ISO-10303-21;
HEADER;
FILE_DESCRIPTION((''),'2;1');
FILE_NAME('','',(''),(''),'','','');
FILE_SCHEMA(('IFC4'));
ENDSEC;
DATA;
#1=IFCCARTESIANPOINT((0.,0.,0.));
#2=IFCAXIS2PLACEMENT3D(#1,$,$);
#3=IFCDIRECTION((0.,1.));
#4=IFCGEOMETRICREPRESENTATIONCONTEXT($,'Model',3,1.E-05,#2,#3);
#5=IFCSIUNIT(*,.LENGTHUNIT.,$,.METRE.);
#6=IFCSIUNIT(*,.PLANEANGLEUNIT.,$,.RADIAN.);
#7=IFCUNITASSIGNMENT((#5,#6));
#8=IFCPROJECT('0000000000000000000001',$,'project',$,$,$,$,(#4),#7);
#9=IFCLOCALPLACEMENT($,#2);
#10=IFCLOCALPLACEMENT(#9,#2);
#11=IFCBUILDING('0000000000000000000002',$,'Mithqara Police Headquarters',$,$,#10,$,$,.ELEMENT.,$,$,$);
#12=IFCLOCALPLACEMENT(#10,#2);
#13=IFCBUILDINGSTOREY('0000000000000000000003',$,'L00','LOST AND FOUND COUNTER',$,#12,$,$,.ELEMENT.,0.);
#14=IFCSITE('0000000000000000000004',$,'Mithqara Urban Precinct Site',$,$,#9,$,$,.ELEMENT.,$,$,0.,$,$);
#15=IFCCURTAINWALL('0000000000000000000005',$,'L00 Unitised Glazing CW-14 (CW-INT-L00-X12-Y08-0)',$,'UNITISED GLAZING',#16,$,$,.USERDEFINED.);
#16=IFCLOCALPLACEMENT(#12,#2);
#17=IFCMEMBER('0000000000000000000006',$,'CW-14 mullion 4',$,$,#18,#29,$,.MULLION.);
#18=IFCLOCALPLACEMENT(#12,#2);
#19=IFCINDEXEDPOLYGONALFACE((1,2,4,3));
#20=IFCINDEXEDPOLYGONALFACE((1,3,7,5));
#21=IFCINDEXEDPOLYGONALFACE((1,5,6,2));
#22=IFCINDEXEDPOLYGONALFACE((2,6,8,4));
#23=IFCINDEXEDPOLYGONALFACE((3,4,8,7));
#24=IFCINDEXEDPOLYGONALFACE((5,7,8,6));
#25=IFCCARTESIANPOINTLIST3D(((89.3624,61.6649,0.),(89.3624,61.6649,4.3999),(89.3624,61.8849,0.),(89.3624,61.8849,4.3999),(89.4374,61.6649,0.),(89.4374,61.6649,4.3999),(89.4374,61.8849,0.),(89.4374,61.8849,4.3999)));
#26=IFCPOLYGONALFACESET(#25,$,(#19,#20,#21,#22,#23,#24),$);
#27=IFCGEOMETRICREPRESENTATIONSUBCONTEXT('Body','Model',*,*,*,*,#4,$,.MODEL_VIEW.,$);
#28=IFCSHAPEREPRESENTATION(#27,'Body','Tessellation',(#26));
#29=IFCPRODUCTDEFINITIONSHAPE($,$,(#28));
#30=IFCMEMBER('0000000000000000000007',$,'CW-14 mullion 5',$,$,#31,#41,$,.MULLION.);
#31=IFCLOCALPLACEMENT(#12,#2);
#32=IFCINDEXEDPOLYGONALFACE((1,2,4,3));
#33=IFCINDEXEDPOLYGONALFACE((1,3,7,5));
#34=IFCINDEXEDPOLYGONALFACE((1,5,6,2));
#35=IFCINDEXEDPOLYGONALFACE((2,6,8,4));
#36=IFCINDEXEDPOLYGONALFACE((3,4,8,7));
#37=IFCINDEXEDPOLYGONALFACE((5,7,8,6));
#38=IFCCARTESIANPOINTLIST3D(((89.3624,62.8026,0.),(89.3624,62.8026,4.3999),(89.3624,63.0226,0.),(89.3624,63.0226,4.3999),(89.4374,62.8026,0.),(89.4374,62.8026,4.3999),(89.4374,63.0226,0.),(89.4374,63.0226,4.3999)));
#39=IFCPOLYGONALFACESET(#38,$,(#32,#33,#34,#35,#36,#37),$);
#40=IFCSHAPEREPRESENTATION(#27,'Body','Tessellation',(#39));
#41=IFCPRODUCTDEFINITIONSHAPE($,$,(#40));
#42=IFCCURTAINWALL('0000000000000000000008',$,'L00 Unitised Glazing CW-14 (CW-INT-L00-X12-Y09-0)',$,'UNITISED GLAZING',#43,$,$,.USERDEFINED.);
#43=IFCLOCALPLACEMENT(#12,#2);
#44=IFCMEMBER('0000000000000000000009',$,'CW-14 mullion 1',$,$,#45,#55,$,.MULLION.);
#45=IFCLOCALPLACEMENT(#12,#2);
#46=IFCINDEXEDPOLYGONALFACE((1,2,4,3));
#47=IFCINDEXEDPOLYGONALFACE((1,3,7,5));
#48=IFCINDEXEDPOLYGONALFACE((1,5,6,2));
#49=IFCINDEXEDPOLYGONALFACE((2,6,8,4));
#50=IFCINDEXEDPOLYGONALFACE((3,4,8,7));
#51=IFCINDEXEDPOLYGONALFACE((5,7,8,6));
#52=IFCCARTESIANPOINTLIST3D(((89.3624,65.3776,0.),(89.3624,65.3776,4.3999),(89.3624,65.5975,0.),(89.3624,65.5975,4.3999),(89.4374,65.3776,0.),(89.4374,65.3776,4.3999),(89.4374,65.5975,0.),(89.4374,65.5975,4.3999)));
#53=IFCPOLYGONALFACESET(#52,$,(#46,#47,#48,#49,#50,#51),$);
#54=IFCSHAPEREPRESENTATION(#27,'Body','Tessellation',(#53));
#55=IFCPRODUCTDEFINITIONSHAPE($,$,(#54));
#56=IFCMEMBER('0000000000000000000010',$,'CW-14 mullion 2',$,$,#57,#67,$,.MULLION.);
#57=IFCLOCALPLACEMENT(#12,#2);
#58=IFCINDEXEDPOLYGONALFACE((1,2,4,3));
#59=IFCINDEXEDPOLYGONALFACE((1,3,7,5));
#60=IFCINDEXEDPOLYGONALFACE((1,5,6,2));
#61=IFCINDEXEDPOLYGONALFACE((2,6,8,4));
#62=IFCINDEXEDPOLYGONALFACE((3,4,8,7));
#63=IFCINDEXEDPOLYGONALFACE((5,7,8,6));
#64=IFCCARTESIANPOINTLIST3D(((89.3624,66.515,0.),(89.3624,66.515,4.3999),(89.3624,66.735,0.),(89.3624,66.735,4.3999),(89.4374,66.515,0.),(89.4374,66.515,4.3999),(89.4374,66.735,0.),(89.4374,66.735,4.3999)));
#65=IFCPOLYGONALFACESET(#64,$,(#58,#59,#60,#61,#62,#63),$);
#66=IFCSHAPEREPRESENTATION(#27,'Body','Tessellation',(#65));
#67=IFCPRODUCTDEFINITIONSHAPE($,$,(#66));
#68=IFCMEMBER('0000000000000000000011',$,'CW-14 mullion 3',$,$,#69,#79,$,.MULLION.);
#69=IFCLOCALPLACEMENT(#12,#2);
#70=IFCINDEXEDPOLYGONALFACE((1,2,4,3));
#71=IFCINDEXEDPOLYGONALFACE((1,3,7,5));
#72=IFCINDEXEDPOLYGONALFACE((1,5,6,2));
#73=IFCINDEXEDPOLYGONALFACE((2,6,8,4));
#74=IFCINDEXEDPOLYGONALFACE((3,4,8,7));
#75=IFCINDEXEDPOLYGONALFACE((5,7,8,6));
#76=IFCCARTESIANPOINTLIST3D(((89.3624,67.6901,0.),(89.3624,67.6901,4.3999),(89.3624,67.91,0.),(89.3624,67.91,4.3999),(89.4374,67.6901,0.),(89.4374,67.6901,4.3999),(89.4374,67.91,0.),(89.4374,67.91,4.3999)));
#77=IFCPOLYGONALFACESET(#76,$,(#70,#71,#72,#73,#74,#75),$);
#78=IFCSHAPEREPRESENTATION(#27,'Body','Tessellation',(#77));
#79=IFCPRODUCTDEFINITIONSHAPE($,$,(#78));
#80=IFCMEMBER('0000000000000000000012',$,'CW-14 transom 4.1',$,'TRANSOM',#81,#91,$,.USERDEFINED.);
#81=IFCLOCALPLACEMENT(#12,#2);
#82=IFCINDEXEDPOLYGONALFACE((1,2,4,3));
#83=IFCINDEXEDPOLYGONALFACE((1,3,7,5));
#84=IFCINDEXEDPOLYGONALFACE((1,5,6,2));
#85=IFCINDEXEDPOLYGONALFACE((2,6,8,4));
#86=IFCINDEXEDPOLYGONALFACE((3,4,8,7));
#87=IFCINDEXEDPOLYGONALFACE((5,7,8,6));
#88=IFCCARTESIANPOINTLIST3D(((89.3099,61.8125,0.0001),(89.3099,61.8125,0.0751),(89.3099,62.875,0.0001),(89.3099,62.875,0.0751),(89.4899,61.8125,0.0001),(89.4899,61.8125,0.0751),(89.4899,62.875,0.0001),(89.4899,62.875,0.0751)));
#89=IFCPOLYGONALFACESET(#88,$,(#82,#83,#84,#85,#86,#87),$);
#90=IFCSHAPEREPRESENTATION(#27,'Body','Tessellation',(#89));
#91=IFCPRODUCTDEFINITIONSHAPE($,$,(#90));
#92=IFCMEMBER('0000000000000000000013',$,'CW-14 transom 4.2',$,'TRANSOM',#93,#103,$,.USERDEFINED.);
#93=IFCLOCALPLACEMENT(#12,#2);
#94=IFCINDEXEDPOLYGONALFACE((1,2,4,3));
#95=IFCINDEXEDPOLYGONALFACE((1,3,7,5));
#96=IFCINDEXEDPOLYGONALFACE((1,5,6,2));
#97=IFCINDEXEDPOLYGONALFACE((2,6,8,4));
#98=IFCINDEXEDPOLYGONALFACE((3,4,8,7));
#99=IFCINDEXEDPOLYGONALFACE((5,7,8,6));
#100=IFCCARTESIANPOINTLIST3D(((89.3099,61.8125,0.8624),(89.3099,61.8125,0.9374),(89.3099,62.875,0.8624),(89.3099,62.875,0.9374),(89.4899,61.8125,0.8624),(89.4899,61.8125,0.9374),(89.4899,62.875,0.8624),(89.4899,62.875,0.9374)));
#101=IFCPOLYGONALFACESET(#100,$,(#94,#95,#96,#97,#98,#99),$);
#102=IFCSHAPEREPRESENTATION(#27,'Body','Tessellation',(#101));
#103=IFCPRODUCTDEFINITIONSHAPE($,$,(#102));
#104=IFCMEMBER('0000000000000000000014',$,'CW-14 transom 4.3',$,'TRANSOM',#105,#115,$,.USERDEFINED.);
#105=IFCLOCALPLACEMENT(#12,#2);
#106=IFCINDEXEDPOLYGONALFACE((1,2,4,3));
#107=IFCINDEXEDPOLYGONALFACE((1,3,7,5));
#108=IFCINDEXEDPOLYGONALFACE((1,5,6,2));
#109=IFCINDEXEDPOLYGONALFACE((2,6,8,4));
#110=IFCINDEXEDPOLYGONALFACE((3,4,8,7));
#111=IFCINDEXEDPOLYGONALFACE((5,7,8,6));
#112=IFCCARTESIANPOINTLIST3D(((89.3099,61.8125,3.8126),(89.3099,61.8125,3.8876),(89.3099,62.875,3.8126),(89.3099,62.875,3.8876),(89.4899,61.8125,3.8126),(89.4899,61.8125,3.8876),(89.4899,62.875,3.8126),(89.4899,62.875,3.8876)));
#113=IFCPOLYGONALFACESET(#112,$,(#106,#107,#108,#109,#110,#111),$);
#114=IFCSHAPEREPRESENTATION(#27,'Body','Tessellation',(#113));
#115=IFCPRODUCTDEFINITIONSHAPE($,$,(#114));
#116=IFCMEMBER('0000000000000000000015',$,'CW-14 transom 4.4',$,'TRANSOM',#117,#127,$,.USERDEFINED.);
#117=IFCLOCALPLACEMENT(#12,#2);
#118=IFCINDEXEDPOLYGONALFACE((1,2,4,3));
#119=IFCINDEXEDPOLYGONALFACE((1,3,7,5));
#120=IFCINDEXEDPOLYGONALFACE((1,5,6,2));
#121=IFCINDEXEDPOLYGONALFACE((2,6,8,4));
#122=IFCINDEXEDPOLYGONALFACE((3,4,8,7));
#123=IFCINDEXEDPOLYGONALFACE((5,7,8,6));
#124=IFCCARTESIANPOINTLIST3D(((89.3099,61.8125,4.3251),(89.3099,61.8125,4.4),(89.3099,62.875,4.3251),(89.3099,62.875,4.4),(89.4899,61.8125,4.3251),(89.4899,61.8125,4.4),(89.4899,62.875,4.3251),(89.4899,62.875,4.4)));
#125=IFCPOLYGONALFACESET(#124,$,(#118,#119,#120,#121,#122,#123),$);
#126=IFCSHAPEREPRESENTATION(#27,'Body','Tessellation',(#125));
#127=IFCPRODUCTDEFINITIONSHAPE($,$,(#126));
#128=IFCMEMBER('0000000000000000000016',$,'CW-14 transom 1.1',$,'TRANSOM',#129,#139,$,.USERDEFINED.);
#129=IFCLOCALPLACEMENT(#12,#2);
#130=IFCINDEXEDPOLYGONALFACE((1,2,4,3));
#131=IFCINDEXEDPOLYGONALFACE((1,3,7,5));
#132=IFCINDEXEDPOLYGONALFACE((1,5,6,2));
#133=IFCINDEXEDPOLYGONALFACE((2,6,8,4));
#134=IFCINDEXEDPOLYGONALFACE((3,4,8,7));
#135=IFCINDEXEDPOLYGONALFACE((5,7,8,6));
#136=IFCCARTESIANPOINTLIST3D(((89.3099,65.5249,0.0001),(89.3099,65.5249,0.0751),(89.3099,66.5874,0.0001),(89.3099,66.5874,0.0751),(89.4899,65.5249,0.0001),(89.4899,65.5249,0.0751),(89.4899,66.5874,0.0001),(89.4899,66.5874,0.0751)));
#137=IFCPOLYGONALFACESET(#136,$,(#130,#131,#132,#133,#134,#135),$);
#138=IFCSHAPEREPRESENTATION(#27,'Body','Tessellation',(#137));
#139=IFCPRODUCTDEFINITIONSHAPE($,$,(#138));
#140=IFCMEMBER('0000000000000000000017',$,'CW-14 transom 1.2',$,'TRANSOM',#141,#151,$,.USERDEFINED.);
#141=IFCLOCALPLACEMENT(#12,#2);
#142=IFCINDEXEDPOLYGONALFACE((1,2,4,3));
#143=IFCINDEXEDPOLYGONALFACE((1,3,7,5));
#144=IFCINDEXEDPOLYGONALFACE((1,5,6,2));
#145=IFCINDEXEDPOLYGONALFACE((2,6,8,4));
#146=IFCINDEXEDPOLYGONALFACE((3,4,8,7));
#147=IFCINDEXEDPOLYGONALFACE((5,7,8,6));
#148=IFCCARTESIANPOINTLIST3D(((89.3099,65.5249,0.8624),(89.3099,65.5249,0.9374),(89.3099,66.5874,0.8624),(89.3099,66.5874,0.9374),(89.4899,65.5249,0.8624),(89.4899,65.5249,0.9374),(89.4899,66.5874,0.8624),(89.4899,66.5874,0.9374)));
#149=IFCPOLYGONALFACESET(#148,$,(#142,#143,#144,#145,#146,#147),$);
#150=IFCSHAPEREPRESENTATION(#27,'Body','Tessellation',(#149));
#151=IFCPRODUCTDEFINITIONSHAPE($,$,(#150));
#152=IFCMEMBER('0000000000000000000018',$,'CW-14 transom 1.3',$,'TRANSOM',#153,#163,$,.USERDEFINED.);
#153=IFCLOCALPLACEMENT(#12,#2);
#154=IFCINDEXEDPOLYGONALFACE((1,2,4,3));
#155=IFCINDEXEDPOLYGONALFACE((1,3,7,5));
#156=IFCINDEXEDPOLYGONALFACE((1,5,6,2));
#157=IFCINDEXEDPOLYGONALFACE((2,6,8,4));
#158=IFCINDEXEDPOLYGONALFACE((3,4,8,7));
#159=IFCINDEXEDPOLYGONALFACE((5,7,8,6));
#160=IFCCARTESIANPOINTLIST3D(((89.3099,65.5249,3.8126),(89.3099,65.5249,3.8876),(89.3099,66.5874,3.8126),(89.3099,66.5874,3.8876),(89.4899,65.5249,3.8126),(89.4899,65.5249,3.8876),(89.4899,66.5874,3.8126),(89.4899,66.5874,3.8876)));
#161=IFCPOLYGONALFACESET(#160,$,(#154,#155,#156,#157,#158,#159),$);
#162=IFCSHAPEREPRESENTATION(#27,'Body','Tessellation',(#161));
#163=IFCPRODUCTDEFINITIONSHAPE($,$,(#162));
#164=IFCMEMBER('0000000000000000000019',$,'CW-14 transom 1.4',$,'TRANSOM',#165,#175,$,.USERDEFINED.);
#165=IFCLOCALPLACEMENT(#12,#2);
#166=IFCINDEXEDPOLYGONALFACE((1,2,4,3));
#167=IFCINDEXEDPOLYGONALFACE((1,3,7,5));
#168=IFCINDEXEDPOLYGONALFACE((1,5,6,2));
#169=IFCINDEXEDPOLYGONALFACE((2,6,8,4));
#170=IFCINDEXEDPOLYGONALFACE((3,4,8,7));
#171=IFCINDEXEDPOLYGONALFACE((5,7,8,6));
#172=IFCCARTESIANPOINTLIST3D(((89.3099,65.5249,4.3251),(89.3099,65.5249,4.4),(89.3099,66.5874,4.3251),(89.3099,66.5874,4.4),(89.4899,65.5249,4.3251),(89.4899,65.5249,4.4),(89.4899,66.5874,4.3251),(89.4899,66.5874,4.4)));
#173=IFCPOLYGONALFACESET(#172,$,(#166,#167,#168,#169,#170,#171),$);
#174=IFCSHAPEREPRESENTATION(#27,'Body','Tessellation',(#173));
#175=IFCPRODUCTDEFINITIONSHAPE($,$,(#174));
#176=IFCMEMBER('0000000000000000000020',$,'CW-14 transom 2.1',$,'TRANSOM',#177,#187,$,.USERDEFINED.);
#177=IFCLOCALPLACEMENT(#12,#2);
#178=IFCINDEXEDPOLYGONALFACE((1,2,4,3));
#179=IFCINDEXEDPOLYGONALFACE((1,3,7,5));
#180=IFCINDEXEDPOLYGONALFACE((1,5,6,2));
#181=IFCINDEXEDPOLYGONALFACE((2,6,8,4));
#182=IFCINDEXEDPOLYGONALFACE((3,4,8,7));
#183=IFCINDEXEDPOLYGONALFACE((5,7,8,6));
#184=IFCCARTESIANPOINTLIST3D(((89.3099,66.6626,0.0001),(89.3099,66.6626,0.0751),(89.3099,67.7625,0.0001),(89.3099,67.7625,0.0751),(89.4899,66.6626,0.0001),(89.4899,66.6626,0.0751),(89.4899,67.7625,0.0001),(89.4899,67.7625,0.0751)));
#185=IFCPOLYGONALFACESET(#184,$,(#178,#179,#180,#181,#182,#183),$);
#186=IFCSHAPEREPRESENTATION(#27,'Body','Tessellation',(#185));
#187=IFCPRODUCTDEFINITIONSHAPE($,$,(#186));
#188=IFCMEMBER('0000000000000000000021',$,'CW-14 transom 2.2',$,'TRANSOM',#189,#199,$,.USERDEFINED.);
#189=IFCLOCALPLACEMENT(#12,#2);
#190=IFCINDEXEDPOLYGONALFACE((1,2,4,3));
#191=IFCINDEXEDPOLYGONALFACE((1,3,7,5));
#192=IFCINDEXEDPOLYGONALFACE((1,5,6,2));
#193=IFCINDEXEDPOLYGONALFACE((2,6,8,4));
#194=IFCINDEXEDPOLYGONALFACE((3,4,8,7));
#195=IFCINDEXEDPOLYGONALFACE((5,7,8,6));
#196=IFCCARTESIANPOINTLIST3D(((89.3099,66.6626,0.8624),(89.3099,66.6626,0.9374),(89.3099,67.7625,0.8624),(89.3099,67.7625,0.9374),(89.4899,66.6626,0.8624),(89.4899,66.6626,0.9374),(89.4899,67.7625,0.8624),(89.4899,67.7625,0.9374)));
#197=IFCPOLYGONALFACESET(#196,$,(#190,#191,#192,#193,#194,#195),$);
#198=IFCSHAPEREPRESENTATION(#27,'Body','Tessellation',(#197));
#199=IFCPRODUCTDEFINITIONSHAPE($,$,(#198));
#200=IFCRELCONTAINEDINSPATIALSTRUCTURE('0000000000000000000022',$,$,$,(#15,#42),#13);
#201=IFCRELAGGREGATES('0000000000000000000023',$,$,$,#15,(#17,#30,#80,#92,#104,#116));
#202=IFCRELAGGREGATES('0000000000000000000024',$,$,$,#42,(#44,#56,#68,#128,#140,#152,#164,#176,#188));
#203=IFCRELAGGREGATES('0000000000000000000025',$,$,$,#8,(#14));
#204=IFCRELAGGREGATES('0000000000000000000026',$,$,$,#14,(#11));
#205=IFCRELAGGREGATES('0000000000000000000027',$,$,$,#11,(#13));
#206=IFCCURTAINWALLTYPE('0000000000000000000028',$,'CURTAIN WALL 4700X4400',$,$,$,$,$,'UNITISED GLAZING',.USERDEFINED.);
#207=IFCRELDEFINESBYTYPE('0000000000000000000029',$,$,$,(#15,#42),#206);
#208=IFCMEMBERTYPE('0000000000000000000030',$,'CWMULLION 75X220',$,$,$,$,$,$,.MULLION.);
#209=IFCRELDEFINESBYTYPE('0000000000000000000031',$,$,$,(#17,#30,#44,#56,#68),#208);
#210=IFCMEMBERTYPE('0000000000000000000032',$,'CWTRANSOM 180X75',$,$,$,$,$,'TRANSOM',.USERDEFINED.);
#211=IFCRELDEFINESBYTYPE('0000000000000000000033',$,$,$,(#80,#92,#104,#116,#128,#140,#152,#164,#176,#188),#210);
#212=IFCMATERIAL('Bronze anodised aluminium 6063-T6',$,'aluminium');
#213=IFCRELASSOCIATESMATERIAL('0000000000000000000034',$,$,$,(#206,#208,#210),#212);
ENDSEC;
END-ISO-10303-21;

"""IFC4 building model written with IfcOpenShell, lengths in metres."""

from ifc_helpers import new_model, si_unit, direction, frame, origin, origin_2d, place, context, subcontext, project, spatial, rectangle, extrude, material, material_profile, profile_set, type_object, element, aggregate, save


model = new_model("IFC4")

# Units and contexts
model_context = context("Model", 3, precision=1e-05, world=origin(), true_north=direction((0.0, 1.0)))
body_context = subcontext(model_context, "Body", "Model", "MODEL_VIEW")
ifc_project = project(units=[si_unit("LENGTHUNIT", "METRE"), si_unit("PLANEANGLEUNIT", "RADIAN")], contexts=[model_context])

# Site, building, storey
site_placement = place(None, origin())
site = spatial("IfcSite", under=ifc_project, at=site_placement, Name="Mithqara Urban Precinct Site", CompositionType="ELEMENT", RefElevation=0.0)
building_placement = place(site_placement, origin())
building = spatial("IfcBuilding", under=site, at=building_placement, Name="Mithqara Police Headquarters", CompositionType="ELEMENT")
storey_placement = place(building_placement, origin())
storey = spatial("IfcBuildingStorey", under=building, at=storey_placement, Name="L00", Description="LOST AND FOUND COUNTER", CompositionType="ELEMENT", Elevation=0.0)

# Curtain walls, members
ifc_material_1 = material(Name="Bronze anodised aluminium 6063-T6", Category="aluminium")
curtain_wall_type = type_object("IfcCurtainWallType", Name="CURTAIN WALL 4700X4400", ElementType="UNITISED GLAZING", PredefinedType="USERDEFINED", material=ifc_material_1)
curtain_wall_1_placement = place(storey_placement, origin())
curtain_wall_1 = element("IfcCurtainWall", 1, at=curtain_wall_1_placement, inside=storey, type_object=curtain_wall_type, Name="L00 Unitised Glazing CW-14 (CW-INT-L00-X12-Y08-0)", ObjectType="UNITISED GLAZING", PredefinedType="USERDEFINED")
ifc_material_profile_1 = material_profile(ifc_material_1, rectangle(XDim=0.075, YDim=0.22, at=origin_2d()), Name="CWM 75x220")
ifc_profile_set_1 = profile_set([ifc_material_profile_1], Name="Bronze anodised aluminium 6063-T6")
member_type_1 = type_object("IfcMemberType", Name="CWMULLION 75X220", PredefinedType="MULLION", material=ifc_profile_set_1)
member_1_placement = place(storey_placement, frame((89.3999, 61.7749, 0.0), z_axis=(0.0, 0.0, 1.0), x_axis=(-1.0, 0.0, 0.0)))
member_1 = element("IfcMember", 2, at=member_1_placement, type_object=member_type_1, Name="CW-14 mullion 4", PredefinedType="MULLION", context=body_context, shape_type="SweptSolid", body=[
    extrude(rectangle(XDim=0.075, YDim=0.22, at=origin_2d()), origin(), (0.0, 0.0, 1.0), 4.3999),
])
member_2_placement = place(storey_placement, frame((89.3999, 62.9126, 0.0), z_axis=(0.0, 0.0, 1.0), x_axis=(-1.0, 0.0, 0.0)))
member_2 = element("IfcMember", 3, at=member_2_placement, type_object=member_type_1, Name="CW-14 mullion 5", PredefinedType="MULLION", context=body_context, shape_type="SweptSolid", body=[
    extrude(rectangle(XDim=0.075, YDim=0.22, at=origin_2d()), origin(), (0.0, 0.0, 1.0), 4.3999),
])
curtain_wall_2_placement = place(storey_placement, origin())
curtain_wall_2 = element("IfcCurtainWall", 4, at=curtain_wall_2_placement, inside=storey, type_object=curtain_wall_type, Name="L00 Unitised Glazing CW-14 (CW-INT-L00-X12-Y09-0)", ObjectType="UNITISED GLAZING", PredefinedType="USERDEFINED")
member_3_placement = place(storey_placement, frame((89.3999, 65.4875, 0.0), z_axis=(0.0, 0.0, 1.0), x_axis=(-1.0, 0.0, 0.0)))
member_3 = element("IfcMember", 5, at=member_3_placement, type_object=member_type_1, Name="CW-14 mullion 1", PredefinedType="MULLION", context=body_context, shape_type="SweptSolid", body=[
    extrude(rectangle(XDim=0.075, YDim=0.22, at=origin_2d()), origin(), (0.0, 0.0, 1.0), 4.3999),
])
member_4_placement = place(storey_placement, frame((89.3999, 66.625, 0.0), z_axis=(0.0, 0.0, 1.0), x_axis=(-1.0, 0.0, 0.0)))
member_4 = element("IfcMember", 6, at=member_4_placement, type_object=member_type_1, Name="CW-14 mullion 2", PredefinedType="MULLION", context=body_context, shape_type="SweptSolid", body=[
    extrude(rectangle(XDim=0.075, YDim=0.22, at=origin_2d()), origin(), (0.0, 0.0, 1.0), 4.3999),
])
member_5_placement = place(storey_placement, frame((89.3999, 67.8, 0.0), z_axis=(0.0, 0.0, 1.0), x_axis=(-1.0, 0.0, 0.0)))
member_5 = element("IfcMember", 7, at=member_5_placement, type_object=member_type_1, Name="CW-14 mullion 3", PredefinedType="MULLION", context=body_context, shape_type="SweptSolid", body=[
    extrude(rectangle(XDim=0.075, YDim=0.22, at=origin_2d()), origin(), (0.0, 0.0, 1.0), 4.3999),
])

# Members
ifc_material_profile_2 = material_profile(ifc_material_1, rectangle(XDim=0.1799, YDim=0.075, at=origin_2d()), Name="CWT 180x75")
ifc_profile_set_2 = profile_set([ifc_material_profile_2], Name="Bronze anodised aluminium 6063-T6")
member_type_2 = type_object("IfcMemberType", Name="CWTRANSOM 180X75", ElementType="TRANSOM", PredefinedType="USERDEFINED", material=ifc_profile_set_2)
member_6_placement = place(storey_placement, frame((89.3999, 61.8125, 0.0376), z_axis=(0.0, 1.0, 0.0), x_axis=(-1.0, 0.0, 0.0)))
member_6 = element("IfcMember", 8, at=member_6_placement, type_object=member_type_2, Name="CW-14 transom 4.1", ObjectType="TRANSOM", PredefinedType="USERDEFINED", context=body_context, shape_type="SweptSolid", body=[
    extrude(rectangle(XDim=0.1799, YDim=0.075, at=origin_2d()), origin(), (0.0, 0.0, 1.0), 1.0625),
])
member_7_placement = place(storey_placement, frame((89.3999, 61.8125, 0.8999), z_axis=(0.0, 1.0, 0.0), x_axis=(-1.0, 0.0, 0.0)))
member_7 = element("IfcMember", 9, at=member_7_placement, type_object=member_type_2, Name="CW-14 transom 4.2", ObjectType="TRANSOM", PredefinedType="USERDEFINED", context=body_context, shape_type="SweptSolid", body=[
    extrude(rectangle(XDim=0.1799, YDim=0.075, at=origin_2d()), origin(), (0.0, 0.0, 1.0), 1.0625),
])
member_8_placement = place(storey_placement, frame((89.3999, 61.8125, 3.8501), z_axis=(0.0, 1.0, 0.0), x_axis=(-1.0, 0.0, 0.0)))
member_8 = element("IfcMember", 10, at=member_8_placement, type_object=member_type_2, Name="CW-14 transom 4.3", ObjectType="TRANSOM", PredefinedType="USERDEFINED", context=body_context, shape_type="SweptSolid", body=[
    extrude(rectangle(XDim=0.1799, YDim=0.075, at=origin_2d()), origin(), (0.0, 0.0, 1.0), 1.0625),
])
member_9_placement = place(storey_placement, frame((89.3999, 61.8125, 4.3625), z_axis=(0.0, 1.0, 0.0), x_axis=(-1.0, 0.0, 0.0)))
member_9 = element("IfcMember", 11, at=member_9_placement, type_object=member_type_2, Name="CW-14 transom 4.4", ObjectType="TRANSOM", PredefinedType="USERDEFINED", context=body_context, shape_type="SweptSolid", body=[
    extrude(rectangle(XDim=0.1799, YDim=0.075, at=origin_2d()), origin(), (0.0, 0.0, 1.0), 1.0625),
])
member_10_placement = place(storey_placement, frame((89.3999, 65.5249, 0.0376), z_axis=(0.0, 1.0, 0.0), x_axis=(-1.0, 0.0, 0.0)))
member_10 = element("IfcMember", 12, at=member_10_placement, type_object=member_type_2, Name="CW-14 transom 1.1", ObjectType="TRANSOM", PredefinedType="USERDEFINED", context=body_context, shape_type="SweptSolid", body=[
    extrude(rectangle(XDim=0.1799, YDim=0.075, at=origin_2d()), origin(), (0.0, 0.0, 1.0), 1.0625),
])
member_11_placement = place(storey_placement, frame((89.3999, 65.5249, 0.8999), z_axis=(0.0, 1.0, 0.0), x_axis=(-1.0, 0.0, 0.0)))
member_11 = element("IfcMember", 13, at=member_11_placement, type_object=member_type_2, Name="CW-14 transom 1.2", ObjectType="TRANSOM", PredefinedType="USERDEFINED", context=body_context, shape_type="SweptSolid", body=[
    extrude(rectangle(XDim=0.1799, YDim=0.075, at=origin_2d()), origin(), (0.0, 0.0, 1.0), 1.0625),
])
member_12_placement = place(storey_placement, frame((89.3999, 65.5249, 3.8501), z_axis=(0.0, 1.0, 0.0), x_axis=(-1.0, 0.0, 0.0)))
member_12 = element("IfcMember", 14, at=member_12_placement, type_object=member_type_2, Name="CW-14 transom 1.3", ObjectType="TRANSOM", PredefinedType="USERDEFINED", context=body_context, shape_type="SweptSolid", body=[
    extrude(rectangle(XDim=0.1799, YDim=0.075, at=origin_2d()), origin(), (0.0, 0.0, 1.0), 1.0625),
])
member_13_placement = place(storey_placement, frame((89.3999, 65.5249, 4.3625), z_axis=(0.0, 1.0, 0.0), x_axis=(-1.0, 0.0, 0.0)))
member_13 = element("IfcMember", 15, at=member_13_placement, type_object=member_type_2, Name="CW-14 transom 1.4", ObjectType="TRANSOM", PredefinedType="USERDEFINED", context=body_context, shape_type="SweptSolid", body=[
    extrude(rectangle(XDim=0.1799, YDim=0.075, at=origin_2d()), origin(), (0.0, 0.0, 1.0), 1.0625),
])
member_14_placement = place(storey_placement, frame((89.3999, 66.6626, 0.0376), z_axis=(0.0, 1.0, 0.0), x_axis=(-1.0, 0.0, 0.0)))
member_14 = element("IfcMember", 16, at=member_14_placement, type_object=member_type_2, Name="CW-14 transom 2.1", ObjectType="TRANSOM", PredefinedType="USERDEFINED", context=body_context, shape_type="SweptSolid", body=[
    extrude(rectangle(XDim=0.1799, YDim=0.075, at=origin_2d()), origin(), (0.0, 0.0, 1.0), 1.0999),
])
member_15_placement = place(storey_placement, frame((89.3999, 66.6626, 0.8999), z_axis=(0.0, 1.0, 0.0), x_axis=(-1.0, 0.0, 0.0)))
member_15 = element("IfcMember", 17, at=member_15_placement, type_object=member_type_2, Name="CW-14 transom 2.2", ObjectType="TRANSOM", PredefinedType="USERDEFINED", context=body_context, shape_type="SweptSolid", body=[
    extrude(rectangle(XDim=0.1799, YDim=0.075, at=origin_2d()), origin(), (0.0, 0.0, 1.0), 1.0999),
])

aggregate(curtain_wall_1, [member_1, member_2, member_6, member_7, member_8, member_9])
aggregate(curtain_wall_2, [member_3, member_4, member_5, member_10, member_11, member_12, member_13, member_14, member_15])

save(model, "model.ifc")
